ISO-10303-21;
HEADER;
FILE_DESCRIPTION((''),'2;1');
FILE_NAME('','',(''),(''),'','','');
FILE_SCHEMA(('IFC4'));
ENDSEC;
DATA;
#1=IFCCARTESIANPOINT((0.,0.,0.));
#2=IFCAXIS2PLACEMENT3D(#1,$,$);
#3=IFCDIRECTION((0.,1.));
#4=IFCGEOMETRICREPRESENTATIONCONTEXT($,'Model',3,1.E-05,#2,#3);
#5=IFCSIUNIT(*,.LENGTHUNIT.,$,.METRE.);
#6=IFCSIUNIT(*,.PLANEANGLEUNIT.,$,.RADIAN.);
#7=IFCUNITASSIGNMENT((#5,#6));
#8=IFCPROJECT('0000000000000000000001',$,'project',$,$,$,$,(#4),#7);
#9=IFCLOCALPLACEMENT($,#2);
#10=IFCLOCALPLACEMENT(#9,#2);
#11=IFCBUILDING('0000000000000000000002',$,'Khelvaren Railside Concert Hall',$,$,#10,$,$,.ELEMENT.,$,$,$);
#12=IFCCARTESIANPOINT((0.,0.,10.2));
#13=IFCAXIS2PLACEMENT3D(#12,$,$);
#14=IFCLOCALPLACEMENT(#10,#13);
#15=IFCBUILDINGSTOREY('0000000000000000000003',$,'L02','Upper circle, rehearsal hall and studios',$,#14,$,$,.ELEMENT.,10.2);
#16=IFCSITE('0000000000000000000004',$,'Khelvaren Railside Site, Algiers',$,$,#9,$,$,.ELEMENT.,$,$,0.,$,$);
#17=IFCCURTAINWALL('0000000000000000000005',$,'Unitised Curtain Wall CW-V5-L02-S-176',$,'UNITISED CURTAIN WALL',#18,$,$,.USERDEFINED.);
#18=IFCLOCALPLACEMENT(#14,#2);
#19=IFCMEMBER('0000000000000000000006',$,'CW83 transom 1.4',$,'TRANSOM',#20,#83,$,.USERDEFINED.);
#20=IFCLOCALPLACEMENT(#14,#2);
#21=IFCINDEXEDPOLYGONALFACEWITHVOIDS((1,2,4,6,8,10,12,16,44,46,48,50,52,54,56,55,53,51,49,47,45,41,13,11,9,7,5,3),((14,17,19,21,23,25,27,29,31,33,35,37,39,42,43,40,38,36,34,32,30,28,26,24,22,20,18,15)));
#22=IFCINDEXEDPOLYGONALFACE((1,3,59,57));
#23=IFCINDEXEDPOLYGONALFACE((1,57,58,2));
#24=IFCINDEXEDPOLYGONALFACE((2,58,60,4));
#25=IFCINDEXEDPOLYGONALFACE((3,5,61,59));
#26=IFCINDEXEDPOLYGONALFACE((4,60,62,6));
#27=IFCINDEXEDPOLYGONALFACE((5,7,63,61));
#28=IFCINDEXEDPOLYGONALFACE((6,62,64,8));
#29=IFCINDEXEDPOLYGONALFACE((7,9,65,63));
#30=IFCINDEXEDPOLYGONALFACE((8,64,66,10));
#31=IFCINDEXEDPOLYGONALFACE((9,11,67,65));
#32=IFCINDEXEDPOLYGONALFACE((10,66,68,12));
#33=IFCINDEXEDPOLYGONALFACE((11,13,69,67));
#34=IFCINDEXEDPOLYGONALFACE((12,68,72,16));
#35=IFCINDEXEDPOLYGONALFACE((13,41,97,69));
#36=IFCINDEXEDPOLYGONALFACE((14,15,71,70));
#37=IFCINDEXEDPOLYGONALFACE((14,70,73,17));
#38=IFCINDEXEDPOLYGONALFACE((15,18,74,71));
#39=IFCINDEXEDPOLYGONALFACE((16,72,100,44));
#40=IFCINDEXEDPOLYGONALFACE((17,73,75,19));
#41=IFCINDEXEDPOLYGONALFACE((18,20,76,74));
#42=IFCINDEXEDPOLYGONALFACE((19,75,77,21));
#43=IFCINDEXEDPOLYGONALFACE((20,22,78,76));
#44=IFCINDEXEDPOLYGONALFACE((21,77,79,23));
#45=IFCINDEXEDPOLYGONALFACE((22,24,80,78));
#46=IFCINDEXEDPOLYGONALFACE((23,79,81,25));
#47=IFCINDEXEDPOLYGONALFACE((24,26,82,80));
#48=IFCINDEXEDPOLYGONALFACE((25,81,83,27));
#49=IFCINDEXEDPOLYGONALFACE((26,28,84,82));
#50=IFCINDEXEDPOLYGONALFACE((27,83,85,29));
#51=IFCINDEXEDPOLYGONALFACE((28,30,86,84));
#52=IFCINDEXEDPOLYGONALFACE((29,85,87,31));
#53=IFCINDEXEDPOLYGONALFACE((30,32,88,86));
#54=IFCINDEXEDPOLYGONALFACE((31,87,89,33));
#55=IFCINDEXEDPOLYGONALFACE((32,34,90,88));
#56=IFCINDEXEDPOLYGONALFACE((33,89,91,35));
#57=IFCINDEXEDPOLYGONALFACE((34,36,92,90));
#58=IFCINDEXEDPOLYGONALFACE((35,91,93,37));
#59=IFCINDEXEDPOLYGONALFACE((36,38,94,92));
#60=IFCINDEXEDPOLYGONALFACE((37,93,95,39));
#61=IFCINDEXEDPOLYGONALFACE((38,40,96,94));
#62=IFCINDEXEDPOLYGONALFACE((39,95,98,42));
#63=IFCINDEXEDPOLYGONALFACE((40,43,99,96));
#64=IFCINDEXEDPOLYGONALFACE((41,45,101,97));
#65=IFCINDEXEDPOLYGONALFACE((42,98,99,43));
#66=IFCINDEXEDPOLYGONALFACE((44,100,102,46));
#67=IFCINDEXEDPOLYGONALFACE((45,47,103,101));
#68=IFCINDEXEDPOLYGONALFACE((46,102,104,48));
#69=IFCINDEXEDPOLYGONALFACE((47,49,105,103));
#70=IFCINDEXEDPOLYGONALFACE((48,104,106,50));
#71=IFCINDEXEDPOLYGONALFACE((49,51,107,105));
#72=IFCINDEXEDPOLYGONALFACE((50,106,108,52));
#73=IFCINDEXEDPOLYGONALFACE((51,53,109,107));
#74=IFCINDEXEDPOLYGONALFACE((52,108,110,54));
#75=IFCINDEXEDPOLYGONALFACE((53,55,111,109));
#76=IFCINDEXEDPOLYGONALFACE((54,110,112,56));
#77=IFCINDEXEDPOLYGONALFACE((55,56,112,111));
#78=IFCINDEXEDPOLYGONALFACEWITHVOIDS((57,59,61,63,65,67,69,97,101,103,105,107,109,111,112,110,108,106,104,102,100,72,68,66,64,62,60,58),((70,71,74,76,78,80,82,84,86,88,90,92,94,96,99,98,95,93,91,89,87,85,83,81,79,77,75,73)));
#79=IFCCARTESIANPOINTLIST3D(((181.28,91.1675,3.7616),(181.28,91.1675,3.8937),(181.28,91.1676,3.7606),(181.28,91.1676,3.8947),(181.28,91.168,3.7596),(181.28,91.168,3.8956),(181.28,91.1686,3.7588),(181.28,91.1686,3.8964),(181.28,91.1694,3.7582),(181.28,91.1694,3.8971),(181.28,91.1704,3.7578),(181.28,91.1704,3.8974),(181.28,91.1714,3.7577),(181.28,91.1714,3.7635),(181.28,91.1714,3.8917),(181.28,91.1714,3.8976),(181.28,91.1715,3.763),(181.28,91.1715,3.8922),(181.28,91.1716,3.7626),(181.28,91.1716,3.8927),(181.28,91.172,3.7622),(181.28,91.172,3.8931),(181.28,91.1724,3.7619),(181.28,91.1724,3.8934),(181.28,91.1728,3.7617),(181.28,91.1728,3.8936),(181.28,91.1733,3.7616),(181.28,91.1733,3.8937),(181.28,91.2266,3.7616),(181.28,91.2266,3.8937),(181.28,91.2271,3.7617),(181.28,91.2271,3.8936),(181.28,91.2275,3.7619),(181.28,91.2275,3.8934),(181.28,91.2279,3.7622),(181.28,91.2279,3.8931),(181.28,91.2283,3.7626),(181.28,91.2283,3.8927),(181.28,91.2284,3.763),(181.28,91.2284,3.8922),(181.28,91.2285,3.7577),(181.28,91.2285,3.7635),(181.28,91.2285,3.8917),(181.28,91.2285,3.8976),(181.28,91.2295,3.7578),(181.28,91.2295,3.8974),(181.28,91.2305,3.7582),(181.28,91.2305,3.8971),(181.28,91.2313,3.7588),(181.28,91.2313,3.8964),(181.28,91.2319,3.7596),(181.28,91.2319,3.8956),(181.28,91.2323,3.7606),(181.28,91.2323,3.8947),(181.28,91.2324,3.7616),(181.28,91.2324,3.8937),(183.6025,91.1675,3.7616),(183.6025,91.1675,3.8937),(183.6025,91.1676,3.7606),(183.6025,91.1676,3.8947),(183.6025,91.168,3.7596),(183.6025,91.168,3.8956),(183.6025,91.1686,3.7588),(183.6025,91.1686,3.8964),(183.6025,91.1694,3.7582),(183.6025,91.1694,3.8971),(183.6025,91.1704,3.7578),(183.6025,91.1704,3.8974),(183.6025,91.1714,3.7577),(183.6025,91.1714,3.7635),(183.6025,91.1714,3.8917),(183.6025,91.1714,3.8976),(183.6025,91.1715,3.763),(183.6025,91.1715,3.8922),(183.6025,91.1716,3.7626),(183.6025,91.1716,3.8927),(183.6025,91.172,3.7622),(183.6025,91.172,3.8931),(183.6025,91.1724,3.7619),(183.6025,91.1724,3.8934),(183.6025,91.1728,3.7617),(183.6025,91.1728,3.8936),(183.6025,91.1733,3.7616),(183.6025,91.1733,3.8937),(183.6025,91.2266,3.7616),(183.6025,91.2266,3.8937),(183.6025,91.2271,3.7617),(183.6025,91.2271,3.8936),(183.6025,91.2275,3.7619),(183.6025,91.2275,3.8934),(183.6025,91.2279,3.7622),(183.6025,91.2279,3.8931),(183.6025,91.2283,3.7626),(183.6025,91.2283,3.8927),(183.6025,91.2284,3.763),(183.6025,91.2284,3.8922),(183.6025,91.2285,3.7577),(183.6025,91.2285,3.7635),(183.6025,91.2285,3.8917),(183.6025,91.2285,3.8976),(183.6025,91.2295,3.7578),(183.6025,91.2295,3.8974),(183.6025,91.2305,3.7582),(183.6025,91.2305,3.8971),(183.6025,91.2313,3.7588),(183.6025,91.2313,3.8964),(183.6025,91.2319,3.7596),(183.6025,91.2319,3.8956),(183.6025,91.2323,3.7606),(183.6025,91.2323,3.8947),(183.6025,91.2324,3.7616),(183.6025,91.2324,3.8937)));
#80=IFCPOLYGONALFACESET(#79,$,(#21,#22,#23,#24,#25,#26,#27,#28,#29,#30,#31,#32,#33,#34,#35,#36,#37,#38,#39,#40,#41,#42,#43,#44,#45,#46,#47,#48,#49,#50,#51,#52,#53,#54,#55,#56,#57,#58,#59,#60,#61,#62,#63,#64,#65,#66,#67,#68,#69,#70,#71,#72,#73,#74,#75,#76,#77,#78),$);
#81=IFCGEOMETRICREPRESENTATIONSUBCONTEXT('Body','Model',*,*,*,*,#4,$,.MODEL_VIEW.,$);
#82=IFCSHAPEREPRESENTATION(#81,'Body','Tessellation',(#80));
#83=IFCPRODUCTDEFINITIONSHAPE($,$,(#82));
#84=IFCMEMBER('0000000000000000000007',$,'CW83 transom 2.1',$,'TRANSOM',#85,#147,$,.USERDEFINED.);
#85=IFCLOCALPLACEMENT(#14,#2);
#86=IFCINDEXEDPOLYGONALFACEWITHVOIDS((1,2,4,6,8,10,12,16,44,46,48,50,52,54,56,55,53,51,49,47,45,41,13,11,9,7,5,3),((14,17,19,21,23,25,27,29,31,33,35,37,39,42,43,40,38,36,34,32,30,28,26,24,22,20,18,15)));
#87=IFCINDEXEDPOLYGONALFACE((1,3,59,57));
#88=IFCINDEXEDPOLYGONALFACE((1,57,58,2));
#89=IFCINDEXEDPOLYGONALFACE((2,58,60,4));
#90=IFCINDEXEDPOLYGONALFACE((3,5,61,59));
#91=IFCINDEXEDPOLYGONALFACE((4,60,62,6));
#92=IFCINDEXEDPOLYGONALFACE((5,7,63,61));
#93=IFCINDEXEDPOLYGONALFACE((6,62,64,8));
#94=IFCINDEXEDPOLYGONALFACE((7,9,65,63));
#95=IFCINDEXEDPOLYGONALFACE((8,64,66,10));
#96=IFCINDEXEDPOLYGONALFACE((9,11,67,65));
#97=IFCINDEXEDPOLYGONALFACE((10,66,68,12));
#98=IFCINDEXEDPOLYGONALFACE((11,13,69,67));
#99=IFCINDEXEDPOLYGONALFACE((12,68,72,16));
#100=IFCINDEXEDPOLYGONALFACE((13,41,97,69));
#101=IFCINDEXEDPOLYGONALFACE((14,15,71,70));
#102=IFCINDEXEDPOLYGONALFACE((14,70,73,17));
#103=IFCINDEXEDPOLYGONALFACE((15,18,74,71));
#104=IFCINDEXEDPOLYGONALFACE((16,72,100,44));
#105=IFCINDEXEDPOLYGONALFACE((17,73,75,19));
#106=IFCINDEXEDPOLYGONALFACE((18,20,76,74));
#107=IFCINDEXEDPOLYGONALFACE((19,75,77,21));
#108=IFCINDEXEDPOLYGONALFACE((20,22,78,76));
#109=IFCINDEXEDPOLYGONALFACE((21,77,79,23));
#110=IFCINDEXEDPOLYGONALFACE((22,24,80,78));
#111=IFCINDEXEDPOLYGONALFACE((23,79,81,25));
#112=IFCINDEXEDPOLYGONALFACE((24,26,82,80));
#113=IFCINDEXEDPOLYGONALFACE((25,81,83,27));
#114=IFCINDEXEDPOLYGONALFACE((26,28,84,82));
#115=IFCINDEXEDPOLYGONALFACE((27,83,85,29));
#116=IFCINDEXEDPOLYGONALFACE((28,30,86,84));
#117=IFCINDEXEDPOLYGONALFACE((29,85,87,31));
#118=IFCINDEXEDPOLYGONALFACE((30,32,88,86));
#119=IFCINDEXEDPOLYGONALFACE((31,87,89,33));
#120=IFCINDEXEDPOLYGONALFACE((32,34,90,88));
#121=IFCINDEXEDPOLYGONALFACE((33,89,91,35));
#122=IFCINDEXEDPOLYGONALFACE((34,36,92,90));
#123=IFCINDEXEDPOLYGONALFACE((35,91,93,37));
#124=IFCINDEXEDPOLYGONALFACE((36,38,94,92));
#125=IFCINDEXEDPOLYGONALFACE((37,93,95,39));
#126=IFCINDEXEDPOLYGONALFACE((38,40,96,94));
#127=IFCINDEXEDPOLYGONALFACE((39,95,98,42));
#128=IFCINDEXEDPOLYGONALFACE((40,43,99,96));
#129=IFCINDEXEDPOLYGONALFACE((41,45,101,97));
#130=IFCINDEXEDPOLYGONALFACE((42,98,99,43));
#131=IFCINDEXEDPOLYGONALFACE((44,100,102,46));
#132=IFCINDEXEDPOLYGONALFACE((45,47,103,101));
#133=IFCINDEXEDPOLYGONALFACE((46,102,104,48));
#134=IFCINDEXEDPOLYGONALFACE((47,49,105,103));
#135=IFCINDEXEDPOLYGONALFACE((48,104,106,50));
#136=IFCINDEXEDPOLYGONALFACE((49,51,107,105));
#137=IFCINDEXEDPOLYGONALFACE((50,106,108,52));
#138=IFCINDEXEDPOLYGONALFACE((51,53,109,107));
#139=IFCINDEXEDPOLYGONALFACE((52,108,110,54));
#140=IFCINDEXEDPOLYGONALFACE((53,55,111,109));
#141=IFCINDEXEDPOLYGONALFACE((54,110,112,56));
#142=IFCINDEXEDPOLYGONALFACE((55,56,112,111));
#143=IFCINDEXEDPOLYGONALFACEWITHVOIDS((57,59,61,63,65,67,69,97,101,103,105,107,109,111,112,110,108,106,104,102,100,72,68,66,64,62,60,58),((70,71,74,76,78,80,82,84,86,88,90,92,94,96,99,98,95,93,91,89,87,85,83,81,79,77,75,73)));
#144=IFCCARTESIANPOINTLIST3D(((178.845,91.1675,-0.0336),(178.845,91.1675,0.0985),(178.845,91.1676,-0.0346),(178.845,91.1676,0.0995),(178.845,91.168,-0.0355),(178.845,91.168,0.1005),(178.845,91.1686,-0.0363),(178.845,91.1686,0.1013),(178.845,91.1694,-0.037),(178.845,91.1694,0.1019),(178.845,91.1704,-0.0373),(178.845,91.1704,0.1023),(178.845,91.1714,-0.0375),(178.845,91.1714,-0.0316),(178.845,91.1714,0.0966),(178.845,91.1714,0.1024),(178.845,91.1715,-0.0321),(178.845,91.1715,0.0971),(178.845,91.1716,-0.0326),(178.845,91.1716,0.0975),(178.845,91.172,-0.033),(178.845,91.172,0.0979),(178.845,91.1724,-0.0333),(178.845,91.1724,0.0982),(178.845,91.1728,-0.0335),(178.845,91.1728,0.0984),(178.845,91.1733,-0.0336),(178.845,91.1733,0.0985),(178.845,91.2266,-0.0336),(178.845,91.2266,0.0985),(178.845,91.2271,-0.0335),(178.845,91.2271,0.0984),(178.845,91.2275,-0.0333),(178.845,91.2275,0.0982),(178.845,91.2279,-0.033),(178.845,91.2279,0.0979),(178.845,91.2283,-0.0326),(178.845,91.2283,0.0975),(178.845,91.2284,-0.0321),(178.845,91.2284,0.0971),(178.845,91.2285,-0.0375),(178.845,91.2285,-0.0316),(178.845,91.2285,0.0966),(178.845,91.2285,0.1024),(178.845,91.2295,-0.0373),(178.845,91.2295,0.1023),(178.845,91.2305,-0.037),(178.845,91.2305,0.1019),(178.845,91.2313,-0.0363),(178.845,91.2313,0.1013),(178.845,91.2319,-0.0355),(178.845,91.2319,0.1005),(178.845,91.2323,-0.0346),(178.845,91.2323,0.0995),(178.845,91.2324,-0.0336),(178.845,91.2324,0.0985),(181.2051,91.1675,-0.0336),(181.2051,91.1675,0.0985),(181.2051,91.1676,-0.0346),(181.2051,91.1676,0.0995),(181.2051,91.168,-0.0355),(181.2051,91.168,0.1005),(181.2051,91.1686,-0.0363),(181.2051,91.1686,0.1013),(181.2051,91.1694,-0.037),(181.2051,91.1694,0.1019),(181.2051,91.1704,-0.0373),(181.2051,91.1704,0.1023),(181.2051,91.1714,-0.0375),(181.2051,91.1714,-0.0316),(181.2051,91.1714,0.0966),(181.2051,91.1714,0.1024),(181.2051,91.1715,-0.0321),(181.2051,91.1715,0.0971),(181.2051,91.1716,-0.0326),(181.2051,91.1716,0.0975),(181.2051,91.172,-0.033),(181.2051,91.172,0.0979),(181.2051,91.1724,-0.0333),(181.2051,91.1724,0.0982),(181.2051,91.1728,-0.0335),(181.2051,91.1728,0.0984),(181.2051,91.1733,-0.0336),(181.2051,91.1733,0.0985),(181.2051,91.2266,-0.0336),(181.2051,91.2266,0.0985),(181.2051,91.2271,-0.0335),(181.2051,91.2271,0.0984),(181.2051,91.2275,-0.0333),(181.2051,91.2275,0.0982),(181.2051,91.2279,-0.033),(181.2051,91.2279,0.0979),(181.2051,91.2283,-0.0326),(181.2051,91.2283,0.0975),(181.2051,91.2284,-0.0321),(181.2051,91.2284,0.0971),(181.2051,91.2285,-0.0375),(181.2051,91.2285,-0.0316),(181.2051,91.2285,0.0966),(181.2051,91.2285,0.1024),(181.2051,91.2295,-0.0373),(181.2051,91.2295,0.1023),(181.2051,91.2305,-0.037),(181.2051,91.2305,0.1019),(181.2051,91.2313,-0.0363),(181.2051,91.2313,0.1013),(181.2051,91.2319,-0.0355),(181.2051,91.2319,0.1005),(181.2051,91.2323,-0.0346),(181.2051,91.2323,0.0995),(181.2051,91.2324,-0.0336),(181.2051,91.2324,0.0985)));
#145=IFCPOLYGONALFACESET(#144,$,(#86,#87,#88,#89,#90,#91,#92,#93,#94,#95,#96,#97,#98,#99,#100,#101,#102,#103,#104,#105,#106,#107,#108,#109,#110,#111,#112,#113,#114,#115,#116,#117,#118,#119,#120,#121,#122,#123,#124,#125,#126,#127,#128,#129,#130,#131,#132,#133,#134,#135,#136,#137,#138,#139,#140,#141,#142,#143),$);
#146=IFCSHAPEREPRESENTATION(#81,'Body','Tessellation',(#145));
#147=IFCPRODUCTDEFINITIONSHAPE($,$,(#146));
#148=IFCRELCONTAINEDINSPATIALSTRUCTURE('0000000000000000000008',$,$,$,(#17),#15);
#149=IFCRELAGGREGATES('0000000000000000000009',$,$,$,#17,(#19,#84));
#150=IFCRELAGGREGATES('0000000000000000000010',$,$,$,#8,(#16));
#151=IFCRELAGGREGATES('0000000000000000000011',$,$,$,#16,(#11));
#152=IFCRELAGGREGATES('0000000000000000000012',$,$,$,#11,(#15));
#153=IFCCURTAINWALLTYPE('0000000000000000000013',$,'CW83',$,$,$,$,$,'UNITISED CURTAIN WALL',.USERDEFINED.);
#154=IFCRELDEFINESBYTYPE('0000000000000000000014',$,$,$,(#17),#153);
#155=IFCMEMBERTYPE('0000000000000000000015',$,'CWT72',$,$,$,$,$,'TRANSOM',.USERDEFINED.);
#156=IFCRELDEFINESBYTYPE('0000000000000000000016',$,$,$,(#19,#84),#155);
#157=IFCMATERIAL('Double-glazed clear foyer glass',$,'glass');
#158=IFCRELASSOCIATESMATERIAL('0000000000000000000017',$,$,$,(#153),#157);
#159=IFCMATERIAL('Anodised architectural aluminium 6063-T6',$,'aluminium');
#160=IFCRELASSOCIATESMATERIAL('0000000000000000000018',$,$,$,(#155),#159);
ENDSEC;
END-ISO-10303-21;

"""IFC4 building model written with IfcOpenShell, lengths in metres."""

from ifc_helpers import new_model, si_unit, direction, frame, origin, origin_2d, place, context, subcontext, project, spatial, hollow_rectangle, extrude, material, material_profile, profile_set, type_object, element, aggregate, save


model = new_model("IFC4")

# Units and contexts
model_context = context("Model", 3, precision=1e-05, world=origin(), true_north=direction((0.0, 1.0)))
body_context = subcontext(model_context, "Body", "Model", "MODEL_VIEW")
ifc_project = project(units=[si_unit("LENGTHUNIT", "METRE"), si_unit("PLANEANGLEUNIT", "RADIAN")], contexts=[model_context])

# Site, building, storey
site_placement = place(None, origin())
site = spatial("IfcSite", under=ifc_project, at=site_placement, Name="Khelvaren Railside Site, Algiers", CompositionType="ELEMENT", RefElevation=0.0)
building_placement = place(site_placement, origin())
building = spatial("IfcBuilding", under=site, at=building_placement, Name="Khelvaren Railside Concert Hall", CompositionType="ELEMENT")
storey_placement = place(building_placement, frame((0.0, 0.0, 10.2)))
storey = spatial("IfcBuildingStorey", under=building, at=storey_placement, Name="L02", Description="Upper circle, rehearsal hall and studios", CompositionType="ELEMENT", Elevation=10.2)

# Curtain wall
ifc_material_1 = material(Name="Double-glazed clear foyer glass", Category="glass")
curtain_wall_type_1 = type_object("IfcCurtainWallType", Name="CW83", ElementType="UNITISED CURTAIN WALL", PredefinedType="USERDEFINED", material=ifc_material_1)
curtain_wall_1_placement = place(storey_placement, origin())
curtain_wall_1 = element("IfcCurtainWall", 1, at=curtain_wall_1_placement, inside=storey, type_object=curtain_wall_type_1, Name="Unitised Curtain Wall CW-V5-L02-S-176", ObjectType="UNITISED CURTAIN WALL", PredefinedType="USERDEFINED")
ifc_material_2 = material(Name="Anodised architectural aluminium 6063-T6", Category="aluminium")

# Members
ifc_material_profile_1 = material_profile(ifc_material_2, hollow_rectangle(XDim=0.0649, YDim=0.1399, WallThickness=0.0039, InnerFilletRadius=0.002, OuterFilletRadius=0.0039, at=origin_2d()), Name="CWT 65x140x4")
ifc_profile_set_1 = profile_set([ifc_material_profile_1], Name="Anodised architectural aluminium 6063-T6")
member_type_1 = type_object("IfcMemberType", Name="CWT72", ElementType="TRANSOM", PredefinedType="USERDEFINED", material=ifc_profile_set_1)
member_1_placement = place(storey_placement, frame((183.6025, 91.2, 3.8276), z_axis=(-1.0, 0.0, 0.0), x_axis=(0.0, -1.0, 0.0)))
member_1 = element("IfcMember", 2, at=member_1_placement, type_object=member_type_1, Name="CW83 transom 1.4", ObjectType="TRANSOM", PredefinedType="USERDEFINED", context=body_context, shape_type="SweptSolid", body=[
    extrude(hollow_rectangle(XDim=0.0649, YDim=0.1399, WallThickness=0.0039, InnerFilletRadius=0.002, OuterFilletRadius=0.0039, at=origin_2d()), origin(), (0.0, 0.0, 1.0), 2.3225),
])
member_2_placement = place(storey_placement, frame((181.2051, 91.2, 0.0325), z_axis=(-1.0, 0.0, 0.0), x_axis=(0.0, -1.0, 0.0)))
member_2 = element("IfcMember", 3, at=member_2_placement, type_object=member_type_1, Name="CW83 transom 2.1", ObjectType="TRANSOM", PredefinedType="USERDEFINED", context=body_context, shape_type="SweptSolid", body=[
    extrude(hollow_rectangle(XDim=0.0649, YDim=0.1399, WallThickness=0.0039, InnerFilletRadius=0.002, OuterFilletRadius=0.0039, at=origin_2d()), origin(), (0.0, 0.0, 1.0), 2.3601),
])

aggregate(curtain_wall_1, [member_1, member_2])

save(model, "model.ifc")
